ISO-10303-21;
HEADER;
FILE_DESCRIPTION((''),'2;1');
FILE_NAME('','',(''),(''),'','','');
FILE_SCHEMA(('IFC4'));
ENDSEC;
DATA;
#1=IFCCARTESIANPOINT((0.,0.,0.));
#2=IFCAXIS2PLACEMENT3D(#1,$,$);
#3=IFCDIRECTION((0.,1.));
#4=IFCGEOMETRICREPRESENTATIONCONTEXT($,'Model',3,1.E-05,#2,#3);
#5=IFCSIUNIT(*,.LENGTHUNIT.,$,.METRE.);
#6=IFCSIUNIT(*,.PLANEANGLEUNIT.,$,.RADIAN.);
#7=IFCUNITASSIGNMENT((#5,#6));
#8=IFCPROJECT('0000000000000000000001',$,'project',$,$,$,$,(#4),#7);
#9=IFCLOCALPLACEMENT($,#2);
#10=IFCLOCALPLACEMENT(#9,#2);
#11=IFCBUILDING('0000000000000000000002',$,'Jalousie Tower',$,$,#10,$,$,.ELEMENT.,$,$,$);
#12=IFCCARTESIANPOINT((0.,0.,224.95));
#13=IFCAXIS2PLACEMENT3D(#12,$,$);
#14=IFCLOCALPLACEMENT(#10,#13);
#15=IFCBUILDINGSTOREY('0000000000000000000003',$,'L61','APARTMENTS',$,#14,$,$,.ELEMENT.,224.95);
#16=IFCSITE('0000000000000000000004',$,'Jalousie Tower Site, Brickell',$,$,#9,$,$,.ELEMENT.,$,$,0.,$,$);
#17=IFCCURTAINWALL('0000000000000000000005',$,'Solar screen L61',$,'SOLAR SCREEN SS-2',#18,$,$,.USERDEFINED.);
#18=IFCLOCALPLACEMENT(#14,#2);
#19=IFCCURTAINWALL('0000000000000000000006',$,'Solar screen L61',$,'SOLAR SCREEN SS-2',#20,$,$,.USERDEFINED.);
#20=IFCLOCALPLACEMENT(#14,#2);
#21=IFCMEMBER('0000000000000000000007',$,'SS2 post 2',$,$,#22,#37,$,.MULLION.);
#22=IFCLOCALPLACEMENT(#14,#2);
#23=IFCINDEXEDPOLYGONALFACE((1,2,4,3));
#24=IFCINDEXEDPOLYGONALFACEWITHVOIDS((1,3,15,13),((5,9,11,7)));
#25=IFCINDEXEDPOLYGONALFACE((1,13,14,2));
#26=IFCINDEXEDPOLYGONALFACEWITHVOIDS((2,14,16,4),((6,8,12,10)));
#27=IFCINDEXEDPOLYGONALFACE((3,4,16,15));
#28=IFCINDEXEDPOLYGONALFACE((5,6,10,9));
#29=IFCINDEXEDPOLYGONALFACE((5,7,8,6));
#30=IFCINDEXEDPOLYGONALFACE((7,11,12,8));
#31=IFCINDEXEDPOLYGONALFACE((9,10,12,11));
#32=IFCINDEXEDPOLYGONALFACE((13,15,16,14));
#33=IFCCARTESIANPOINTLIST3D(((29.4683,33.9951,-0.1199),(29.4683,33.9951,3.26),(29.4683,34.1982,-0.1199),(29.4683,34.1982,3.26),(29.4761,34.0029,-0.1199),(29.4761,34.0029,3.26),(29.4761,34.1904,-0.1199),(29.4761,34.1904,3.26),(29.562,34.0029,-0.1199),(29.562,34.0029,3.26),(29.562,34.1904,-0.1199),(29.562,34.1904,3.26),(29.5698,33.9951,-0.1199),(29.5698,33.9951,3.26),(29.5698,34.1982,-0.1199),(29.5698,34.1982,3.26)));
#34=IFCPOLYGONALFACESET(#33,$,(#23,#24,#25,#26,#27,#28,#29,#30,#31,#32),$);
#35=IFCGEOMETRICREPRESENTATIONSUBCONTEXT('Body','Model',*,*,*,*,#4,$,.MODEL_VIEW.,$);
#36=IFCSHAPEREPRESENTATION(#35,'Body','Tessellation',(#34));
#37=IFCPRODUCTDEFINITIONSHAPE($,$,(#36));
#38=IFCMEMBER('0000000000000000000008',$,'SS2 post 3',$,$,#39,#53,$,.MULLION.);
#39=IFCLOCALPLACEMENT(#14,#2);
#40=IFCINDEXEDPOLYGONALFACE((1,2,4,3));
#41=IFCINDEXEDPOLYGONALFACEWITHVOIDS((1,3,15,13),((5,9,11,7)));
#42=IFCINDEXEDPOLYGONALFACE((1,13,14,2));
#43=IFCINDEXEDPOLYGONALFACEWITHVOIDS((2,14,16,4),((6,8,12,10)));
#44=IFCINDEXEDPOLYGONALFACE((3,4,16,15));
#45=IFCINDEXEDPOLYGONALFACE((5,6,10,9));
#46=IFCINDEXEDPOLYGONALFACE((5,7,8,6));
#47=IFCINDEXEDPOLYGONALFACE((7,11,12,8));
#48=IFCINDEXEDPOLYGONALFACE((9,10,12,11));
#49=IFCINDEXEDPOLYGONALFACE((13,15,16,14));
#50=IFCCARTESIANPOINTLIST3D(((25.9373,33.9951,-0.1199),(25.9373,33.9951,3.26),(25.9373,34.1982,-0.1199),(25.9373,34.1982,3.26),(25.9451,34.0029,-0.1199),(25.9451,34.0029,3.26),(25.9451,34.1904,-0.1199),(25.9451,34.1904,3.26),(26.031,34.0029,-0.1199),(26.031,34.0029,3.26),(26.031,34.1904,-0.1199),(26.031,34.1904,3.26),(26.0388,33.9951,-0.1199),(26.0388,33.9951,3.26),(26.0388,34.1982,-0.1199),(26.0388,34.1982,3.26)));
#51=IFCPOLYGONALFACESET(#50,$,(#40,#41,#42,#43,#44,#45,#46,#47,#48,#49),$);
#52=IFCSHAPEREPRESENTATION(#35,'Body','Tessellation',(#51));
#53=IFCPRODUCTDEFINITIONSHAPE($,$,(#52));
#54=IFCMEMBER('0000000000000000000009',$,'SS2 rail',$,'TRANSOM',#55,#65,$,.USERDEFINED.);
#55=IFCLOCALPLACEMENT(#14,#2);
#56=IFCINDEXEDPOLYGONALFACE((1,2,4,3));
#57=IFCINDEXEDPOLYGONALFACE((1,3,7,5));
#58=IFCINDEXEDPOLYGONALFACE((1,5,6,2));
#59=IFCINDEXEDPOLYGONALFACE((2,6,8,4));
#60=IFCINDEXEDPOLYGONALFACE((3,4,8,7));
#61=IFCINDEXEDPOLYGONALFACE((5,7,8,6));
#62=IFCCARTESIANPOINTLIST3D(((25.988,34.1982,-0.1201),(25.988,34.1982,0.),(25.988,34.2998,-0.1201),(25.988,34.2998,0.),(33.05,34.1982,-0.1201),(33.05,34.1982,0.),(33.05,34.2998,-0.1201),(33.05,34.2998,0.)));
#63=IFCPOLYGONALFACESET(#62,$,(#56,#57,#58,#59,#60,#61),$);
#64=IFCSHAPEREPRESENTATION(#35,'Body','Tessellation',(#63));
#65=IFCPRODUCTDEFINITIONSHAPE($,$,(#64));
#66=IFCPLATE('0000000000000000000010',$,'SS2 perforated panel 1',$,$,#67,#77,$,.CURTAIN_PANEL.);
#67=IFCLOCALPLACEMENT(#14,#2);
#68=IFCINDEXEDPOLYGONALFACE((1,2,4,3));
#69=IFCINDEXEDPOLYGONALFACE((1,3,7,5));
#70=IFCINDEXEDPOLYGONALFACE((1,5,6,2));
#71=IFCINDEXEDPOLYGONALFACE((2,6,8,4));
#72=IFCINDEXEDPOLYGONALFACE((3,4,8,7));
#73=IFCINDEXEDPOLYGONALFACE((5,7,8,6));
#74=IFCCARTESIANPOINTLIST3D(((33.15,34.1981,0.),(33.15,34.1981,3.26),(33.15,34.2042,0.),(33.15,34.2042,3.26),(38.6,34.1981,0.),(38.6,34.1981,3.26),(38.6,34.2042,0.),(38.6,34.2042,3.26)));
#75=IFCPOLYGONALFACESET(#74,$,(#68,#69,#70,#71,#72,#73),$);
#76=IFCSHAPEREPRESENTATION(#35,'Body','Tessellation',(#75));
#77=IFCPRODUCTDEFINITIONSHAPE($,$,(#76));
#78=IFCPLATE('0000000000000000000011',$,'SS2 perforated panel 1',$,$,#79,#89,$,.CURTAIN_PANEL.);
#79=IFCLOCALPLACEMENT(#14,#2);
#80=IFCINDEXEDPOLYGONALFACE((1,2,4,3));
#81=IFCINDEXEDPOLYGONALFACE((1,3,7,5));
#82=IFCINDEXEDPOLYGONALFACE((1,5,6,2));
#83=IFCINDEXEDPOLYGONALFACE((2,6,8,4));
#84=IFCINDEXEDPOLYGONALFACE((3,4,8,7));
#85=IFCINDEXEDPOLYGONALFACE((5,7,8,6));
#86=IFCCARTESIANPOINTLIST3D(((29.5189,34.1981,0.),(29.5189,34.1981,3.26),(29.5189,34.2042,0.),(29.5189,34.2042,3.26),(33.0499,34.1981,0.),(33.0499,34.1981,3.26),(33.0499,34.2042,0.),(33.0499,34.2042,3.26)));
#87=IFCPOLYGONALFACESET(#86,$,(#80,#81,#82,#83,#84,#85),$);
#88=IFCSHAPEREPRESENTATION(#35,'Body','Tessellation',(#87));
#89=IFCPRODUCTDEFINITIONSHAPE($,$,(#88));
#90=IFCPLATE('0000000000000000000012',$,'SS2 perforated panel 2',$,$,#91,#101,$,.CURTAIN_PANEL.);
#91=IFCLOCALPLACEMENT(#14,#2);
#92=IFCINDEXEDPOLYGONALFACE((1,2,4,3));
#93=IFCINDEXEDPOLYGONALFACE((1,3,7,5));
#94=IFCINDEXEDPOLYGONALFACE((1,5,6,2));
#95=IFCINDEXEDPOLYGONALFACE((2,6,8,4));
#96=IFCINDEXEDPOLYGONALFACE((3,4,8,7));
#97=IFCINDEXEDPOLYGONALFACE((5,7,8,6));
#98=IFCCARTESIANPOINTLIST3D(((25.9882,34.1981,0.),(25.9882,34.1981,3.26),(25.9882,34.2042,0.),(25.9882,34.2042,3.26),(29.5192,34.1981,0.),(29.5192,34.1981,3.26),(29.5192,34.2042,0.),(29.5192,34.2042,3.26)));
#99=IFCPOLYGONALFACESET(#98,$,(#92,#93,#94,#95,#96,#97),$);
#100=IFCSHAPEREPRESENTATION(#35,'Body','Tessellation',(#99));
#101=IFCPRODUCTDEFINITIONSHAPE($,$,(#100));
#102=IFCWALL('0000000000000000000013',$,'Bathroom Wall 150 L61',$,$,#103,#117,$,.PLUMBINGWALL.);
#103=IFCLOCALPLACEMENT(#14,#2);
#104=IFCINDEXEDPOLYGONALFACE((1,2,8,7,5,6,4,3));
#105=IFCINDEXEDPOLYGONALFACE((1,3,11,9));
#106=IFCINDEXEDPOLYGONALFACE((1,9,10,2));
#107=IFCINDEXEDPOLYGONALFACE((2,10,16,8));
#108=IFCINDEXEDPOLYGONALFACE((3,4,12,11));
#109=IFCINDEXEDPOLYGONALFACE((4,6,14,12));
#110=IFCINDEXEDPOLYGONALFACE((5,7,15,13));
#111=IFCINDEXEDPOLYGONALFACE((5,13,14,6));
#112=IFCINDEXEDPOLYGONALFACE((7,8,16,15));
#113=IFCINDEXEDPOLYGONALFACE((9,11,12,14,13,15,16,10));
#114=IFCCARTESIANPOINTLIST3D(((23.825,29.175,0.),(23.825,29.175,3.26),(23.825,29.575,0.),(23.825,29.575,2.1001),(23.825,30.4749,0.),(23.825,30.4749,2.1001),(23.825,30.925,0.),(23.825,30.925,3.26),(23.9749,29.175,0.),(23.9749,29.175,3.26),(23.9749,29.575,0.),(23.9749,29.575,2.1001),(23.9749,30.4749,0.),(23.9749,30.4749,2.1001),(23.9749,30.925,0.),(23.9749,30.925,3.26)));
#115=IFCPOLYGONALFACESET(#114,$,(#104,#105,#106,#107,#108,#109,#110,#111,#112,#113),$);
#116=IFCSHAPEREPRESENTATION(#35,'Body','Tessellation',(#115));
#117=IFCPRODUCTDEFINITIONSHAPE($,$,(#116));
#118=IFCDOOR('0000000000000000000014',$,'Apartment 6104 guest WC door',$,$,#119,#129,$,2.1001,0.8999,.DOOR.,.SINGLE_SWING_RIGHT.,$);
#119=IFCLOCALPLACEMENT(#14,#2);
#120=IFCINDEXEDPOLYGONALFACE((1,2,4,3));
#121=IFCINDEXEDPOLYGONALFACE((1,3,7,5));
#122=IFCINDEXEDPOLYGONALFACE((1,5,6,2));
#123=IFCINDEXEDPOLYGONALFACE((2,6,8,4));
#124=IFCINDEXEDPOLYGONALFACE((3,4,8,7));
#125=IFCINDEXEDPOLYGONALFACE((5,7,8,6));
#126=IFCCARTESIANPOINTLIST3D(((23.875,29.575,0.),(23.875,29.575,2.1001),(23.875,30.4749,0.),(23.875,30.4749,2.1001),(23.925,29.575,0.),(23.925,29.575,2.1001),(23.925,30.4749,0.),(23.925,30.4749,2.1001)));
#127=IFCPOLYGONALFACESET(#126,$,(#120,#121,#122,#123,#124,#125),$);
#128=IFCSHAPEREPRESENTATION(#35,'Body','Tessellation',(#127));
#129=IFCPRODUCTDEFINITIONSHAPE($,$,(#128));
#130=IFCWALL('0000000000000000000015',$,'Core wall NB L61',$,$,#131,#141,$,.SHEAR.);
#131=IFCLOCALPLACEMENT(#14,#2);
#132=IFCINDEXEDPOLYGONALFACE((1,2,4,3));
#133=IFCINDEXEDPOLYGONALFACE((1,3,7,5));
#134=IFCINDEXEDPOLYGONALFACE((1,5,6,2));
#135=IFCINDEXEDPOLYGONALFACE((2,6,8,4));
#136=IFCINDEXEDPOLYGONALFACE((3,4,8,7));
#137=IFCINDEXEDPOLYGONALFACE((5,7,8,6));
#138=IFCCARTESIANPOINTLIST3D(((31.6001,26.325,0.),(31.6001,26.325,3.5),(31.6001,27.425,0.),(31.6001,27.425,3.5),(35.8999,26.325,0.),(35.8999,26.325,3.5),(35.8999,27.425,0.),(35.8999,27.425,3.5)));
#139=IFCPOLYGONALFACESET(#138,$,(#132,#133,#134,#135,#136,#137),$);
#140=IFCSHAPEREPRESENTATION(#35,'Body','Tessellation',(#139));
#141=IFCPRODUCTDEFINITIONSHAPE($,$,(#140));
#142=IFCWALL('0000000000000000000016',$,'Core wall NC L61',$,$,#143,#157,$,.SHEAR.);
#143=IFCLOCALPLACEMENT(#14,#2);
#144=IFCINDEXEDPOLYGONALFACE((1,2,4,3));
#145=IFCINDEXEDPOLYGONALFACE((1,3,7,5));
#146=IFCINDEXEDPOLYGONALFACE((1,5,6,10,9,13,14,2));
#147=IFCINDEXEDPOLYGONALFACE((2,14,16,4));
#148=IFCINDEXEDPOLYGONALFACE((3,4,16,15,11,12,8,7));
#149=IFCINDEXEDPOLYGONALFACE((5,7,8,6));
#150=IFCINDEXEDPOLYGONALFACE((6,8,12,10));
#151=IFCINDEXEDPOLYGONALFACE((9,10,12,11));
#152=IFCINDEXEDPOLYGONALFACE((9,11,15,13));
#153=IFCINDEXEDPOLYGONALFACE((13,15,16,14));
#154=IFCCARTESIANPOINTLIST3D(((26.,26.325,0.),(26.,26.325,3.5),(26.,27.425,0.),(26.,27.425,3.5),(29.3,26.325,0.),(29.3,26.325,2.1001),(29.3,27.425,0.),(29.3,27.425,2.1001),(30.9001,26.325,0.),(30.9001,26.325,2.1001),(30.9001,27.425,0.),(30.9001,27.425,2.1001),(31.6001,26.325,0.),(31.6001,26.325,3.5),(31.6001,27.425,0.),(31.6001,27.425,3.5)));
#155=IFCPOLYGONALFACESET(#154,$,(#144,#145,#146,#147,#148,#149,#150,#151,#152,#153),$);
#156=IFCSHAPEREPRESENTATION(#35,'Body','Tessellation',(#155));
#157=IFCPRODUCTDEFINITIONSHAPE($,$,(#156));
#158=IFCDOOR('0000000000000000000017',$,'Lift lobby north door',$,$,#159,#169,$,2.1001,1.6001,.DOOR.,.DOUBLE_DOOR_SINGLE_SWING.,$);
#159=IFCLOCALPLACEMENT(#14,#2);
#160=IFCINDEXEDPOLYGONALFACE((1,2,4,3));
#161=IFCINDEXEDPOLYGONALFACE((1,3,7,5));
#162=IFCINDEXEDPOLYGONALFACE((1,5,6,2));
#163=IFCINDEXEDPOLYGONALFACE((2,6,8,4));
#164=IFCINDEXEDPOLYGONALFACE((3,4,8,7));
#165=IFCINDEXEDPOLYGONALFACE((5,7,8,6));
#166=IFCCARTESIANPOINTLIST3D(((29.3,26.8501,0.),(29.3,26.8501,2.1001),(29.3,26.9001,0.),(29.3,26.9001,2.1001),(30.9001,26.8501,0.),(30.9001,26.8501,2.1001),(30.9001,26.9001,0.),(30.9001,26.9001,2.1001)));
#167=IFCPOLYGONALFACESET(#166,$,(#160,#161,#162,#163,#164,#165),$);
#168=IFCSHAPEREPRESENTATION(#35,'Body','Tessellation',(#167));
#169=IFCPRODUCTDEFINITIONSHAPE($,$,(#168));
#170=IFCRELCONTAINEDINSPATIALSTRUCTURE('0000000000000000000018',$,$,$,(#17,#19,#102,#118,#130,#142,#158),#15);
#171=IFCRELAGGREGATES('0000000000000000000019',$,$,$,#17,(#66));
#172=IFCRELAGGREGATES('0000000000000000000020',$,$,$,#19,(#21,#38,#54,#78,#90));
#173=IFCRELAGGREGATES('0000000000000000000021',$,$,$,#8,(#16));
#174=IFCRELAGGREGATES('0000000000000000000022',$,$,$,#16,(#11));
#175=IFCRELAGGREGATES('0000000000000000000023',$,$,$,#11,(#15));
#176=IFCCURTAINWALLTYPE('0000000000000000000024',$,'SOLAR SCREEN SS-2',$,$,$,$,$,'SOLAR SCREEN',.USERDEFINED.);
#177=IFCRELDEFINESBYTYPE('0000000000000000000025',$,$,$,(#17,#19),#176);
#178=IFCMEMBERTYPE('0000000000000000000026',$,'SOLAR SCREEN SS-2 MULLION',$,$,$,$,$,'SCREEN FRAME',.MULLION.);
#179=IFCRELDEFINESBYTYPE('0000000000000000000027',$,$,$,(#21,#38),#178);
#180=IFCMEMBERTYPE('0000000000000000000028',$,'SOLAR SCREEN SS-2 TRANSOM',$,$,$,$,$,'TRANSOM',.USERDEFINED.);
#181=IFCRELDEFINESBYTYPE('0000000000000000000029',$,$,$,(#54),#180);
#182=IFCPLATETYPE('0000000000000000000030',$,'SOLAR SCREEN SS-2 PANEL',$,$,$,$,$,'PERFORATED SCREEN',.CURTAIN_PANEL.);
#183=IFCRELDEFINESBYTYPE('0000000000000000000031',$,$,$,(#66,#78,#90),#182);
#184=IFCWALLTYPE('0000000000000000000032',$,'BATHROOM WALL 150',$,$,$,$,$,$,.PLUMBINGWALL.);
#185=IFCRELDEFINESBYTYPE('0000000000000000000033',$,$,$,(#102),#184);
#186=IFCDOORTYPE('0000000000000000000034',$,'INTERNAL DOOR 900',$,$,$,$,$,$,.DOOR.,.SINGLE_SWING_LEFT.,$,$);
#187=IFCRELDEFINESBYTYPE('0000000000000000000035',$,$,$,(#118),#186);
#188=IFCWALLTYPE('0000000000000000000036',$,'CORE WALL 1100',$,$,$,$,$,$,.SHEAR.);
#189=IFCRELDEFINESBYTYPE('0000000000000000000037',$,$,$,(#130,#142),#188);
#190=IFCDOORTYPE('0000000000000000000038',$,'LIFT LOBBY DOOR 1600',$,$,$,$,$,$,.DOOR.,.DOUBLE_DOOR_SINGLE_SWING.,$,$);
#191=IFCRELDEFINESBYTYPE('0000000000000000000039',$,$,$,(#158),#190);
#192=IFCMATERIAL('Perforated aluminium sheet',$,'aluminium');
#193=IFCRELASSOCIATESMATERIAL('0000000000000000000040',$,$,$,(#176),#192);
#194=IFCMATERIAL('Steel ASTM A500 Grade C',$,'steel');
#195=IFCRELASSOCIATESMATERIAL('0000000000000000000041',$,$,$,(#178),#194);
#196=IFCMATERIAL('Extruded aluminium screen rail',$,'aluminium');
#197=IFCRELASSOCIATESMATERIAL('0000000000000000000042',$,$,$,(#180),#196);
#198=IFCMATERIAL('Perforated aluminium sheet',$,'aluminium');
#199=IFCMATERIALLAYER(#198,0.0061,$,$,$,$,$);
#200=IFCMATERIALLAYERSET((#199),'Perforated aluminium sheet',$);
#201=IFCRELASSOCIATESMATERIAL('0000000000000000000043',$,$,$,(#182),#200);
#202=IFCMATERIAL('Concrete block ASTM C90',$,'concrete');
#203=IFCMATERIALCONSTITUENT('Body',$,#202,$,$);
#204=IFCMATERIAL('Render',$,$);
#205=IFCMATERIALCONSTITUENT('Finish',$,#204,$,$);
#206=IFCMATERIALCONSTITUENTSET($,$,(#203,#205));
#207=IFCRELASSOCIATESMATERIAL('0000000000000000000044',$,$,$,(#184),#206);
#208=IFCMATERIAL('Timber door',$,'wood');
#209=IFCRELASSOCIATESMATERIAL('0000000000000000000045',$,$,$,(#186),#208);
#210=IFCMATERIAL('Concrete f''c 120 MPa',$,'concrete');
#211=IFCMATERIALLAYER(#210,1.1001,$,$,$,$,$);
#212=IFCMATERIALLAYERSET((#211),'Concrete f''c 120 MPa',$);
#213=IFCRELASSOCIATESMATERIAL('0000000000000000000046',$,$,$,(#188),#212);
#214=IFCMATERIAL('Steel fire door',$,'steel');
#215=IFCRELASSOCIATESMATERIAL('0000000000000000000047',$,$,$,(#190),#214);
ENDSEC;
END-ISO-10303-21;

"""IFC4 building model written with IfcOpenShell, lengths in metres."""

from ifc_helpers import new_model, si_unit, direction, frame, frame_2d, origin, origin_2d, place, context, subcontext, project, spatial, rectangle, hollow_rectangle, extrude, material, layer, layer_set, constituent, constituent_set, material_profile, profile_set, type_object, element, fill, aggregate, save


model = new_model("IFC4")

# Units and contexts
model_context = context("Model", 3, precision=1e-05, world=origin(), true_north=direction((0.0, 1.0)))
body_context = subcontext(model_context, "Body", "Model", "MODEL_VIEW")
ifc_project = project(units=[si_unit("LENGTHUNIT", "METRE"), si_unit("PLANEANGLEUNIT", "RADIAN")], contexts=[model_context])

# Site, building, storey
site_placement = place(None, origin())
site = spatial("IfcSite", under=ifc_project, at=site_placement, Name="Jalousie Tower Site, Brickell", CompositionType="ELEMENT", RefElevation=0.0)
building_placement = place(site_placement, origin())
building = spatial("IfcBuilding", under=site, at=building_placement, Name="Jalousie Tower", CompositionType="ELEMENT")
storey_placement = place(building_placement, frame((0.0, 0.0, 224.95)))
storey = spatial("IfcBuildingStorey", under=building, at=storey_placement, Name="L61", Description="APARTMENTS", CompositionType="ELEMENT", Elevation=224.95)

# Curtain wall
ifc_material_1 = material(Name="Perforated aluminium sheet", Category="aluminium")
curtain_wall_type = type_object("IfcCurtainWallType", Name="SOLAR SCREEN SS-2", ElementType="SOLAR SCREEN", PredefinedType="USERDEFINED", material=ifc_material_1)
curtain_wall_1_placement = place(storey_placement, origin())
curtain_wall_1 = element("IfcCurtainWall", 1, at=curtain_wall_1_placement, inside=storey, type_object=curtain_wall_type, Name="Solar screen L61", ObjectType="SOLAR SCREEN SS-2", PredefinedType="USERDEFINED")
ifc_material_2 = material(Name="Steel ASTM A500 Grade C", Category="steel")
ifc_material_profile_1 = material_profile(ifc_material_2, hollow_rectangle(XDim=0.1016, YDim=0.2031, WallThickness=0.0078, at=origin_2d()), Name="HSS8X4X5/16")
ifc_profile_set_1 = profile_set([ifc_material_profile_1], Name="Steel ASTM A500 Grade C")
member_type_1 = type_object("IfcMemberType", Name="SOLAR SCREEN SS-2 MULLION", ElementType="SCREEN FRAME", PredefinedType="MULLION", material=ifc_profile_set_1)

# Curtain wall, members
curtain_wall_2_placement = place(storey_placement, origin())
curtain_wall_2 = element("IfcCurtainWall", 2, at=curtain_wall_2_placement, inside=storey, type_object=curtain_wall_type, Name="Solar screen L61", ObjectType="SOLAR SCREEN SS-2", PredefinedType="USERDEFINED")
member_1_placement = place(storey_placement, frame((29.519, 34.0967, -0.1199), z_axis=(0.0, 0.0, 1.0), x_axis=(-1.0, 0.0, 0.0)))
member_1 = element("IfcMember", 3, at=member_1_placement, type_object=member_type_1, Name="SS2 post 2", PredefinedType="MULLION", context=body_context, shape_type="SweptSolid", body=[
    extrude(hollow_rectangle(XDim=0.1016, YDim=0.2031, WallThickness=0.0078, at=origin_2d()), origin(), (0.0, 0.0, 1.0), 3.3799),
])
member_2_placement = place(storey_placement, frame((25.988, 34.0967, -0.1199), z_axis=(0.0, 0.0, 1.0), x_axis=(-1.0, 0.0, 0.0)))
member_2 = element("IfcMember", 4, at=member_2_placement, type_object=member_type_1, Name="SS2 post 3", PredefinedType="MULLION", context=body_context, shape_type="SweptSolid", body=[
    extrude(hollow_rectangle(XDim=0.1016, YDim=0.2031, WallThickness=0.0078, at=origin_2d()), origin(), (0.0, 0.0, 1.0), 3.3799),
])
ifc_material_3 = material(Name="Extruded aluminium screen rail", Category="aluminium")
ifc_material_profile_2 = material_profile(ifc_material_3, rectangle(XDim=0.1016, YDim=0.1201, at=origin_2d()), Name="RAIL 102x120")
ifc_profile_set_2 = profile_set([ifc_material_profile_2], Name="Extruded aluminium screen rail")
member_type_2 = type_object("IfcMemberType", Name="SOLAR SCREEN SS-2 TRANSOM", ElementType="TRANSOM", PredefinedType="USERDEFINED", material=ifc_profile_set_2)
member_3_placement = place(storey_placement, frame((33.05, 34.249, -0.0601), z_axis=(-1.0, 0.0, 0.0), x_axis=(0.0, -1.0, 0.0)))
member_3 = element("IfcMember", 5, at=member_3_placement, type_object=member_type_2, Name="SS2 rail", ObjectType="TRANSOM", PredefinedType="USERDEFINED", context=body_context, shape_type="SweptSolid", body=[
    extrude(rectangle(XDim=0.1016, YDim=0.1201, at=origin_2d()), origin(), (0.0, 0.0, 1.0), 7.062),
])

# Plates
ifc_material_4 = material(Name="Perforated aluminium sheet", Category="aluminium")
ifc_layer_1 = layer(ifc_material_4, 0.0061)
ifc_layer_set_1 = layer_set([ifc_layer_1], Name="Perforated aluminium sheet")
plate_type = type_object("IfcPlateType", Name="SOLAR SCREEN SS-2 PANEL", ElementType="PERFORATED SCREEN", PredefinedType="CURTAIN_PANEL", material=ifc_layer_set_1)
plate_1_placement = place(storey_placement, frame((35.875, 34.2012, 0.0), z_axis=(0.0, 0.0, 1.0), x_axis=(-1.0, 0.0, 0.0)))
plate_1 = element("IfcPlate", 6, at=plate_1_placement, type_object=plate_type, Name="SS2 perforated panel 1", PredefinedType="CURTAIN_PANEL", context=body_context, shape_type="SweptSolid", body=[
    extrude(rectangle(XDim=5.45, YDim=0.0061, at=origin_2d()), origin(), (0.0, 0.0, 1.0), 3.26),
])
aggregate(curtain_wall_1, [plate_1])
plate_2_placement = place(storey_placement, frame((31.2844, 34.2012, 0.0), z_axis=(0.0, 0.0, 1.0), x_axis=(-1.0, 0.0, 0.0)))
plate_2 = element("IfcPlate", 7, at=plate_2_placement, type_object=plate_type, Name="SS2 perforated panel 1", PredefinedType="CURTAIN_PANEL", context=body_context, shape_type="SweptSolid", body=[
    extrude(rectangle(XDim=3.531, YDim=0.0061, at=origin_2d()), origin(), (0.0, 0.0, 1.0), 3.26),
])
plate_3_placement = place(storey_placement, frame((27.7537, 34.2012, 0.0), z_axis=(0.0, 0.0, 1.0), x_axis=(-1.0, 0.0, 0.0)))
plate_3 = element("IfcPlate", 8, at=plate_3_placement, type_object=plate_type, Name="SS2 perforated panel 2", PredefinedType="CURTAIN_PANEL", context=body_context, shape_type="SweptSolid", body=[
    extrude(rectangle(XDim=3.531, YDim=0.0061, at=origin_2d()), origin(), (0.0, 0.0, 1.0), 3.26),
])
aggregate(curtain_wall_2, [member_1, member_2, member_3, plate_2, plate_3])

# Wall, opening, door
ifc_material_5 = material(Name="Concrete block ASTM C90", Category="concrete")
ifc_constituent_1 = constituent(ifc_material_5, Name="Body")
ifc_material_6 = material(Name="Render")
ifc_constituent_2 = constituent(ifc_material_6, Name="Finish")
ifc_constituent_set_1 = constituent_set(constituents=[ifc_constituent_1, ifc_constituent_2])
wall_type_1 = type_object("IfcWallType", Name="BATHROOM WALL 150", PredefinedType="PLUMBINGWALL", material=ifc_constituent_set_1)
wall_1_placement = place(storey_placement, frame((23.8999, 29.175, 0.0), z_axis=(0.0, 0.0, 1.0), x_axis=(0.0, 1.0, 0.0)))
wall_1 = element("IfcWall", 9, at=wall_1_placement, inside=storey, type_object=wall_type_1, Name="Bathroom Wall 150 L61", PredefinedType="PLUMBINGWALL", context=body_context, shape_type="SweptSolid", body=[
    extrude(rectangle(XDim=1.75, YDim=0.1499, at=frame_2d((0.875, 0.0))), origin(), (0.0, 0.0, 1.0), 3.26),
])
opening_1_placement = place(wall_1_placement, frame((0.3999, 0.0, 0.0)))
opening_1 = element("IfcOpeningElement", 10, at=opening_1_placement, cuts=wall_1, PredefinedType="OPENING", context=body_context, shape_type="SweptSolid", body=[
    extrude(rectangle(XDim=0.8999, YDim=2.1001, at=frame_2d((0.45, 1.05))), frame((0.0, 0.085, 0.0), z_axis=(0.0, -1.0, 0.0), x_axis=(1.0, 0.0, 0.0)), (0.0, 0.0, 1.0), 0.1699),
])
ifc_material_7 = material(Name="Timber door", Category="wood")
door_type_1 = type_object("IfcDoorType", Name="INTERNAL DOOR 900", OperationType="SINGLE_SWING_LEFT", PredefinedType="DOOR", material=ifc_material_7)
door_1_placement = place(opening_1_placement, origin())
door_1 = element("IfcDoor", 11, at=door_1_placement, inside=storey, type_object=door_type_1, Name="Apartment 6104 guest WC door", OperationType="SINGLE_SWING_RIGHT", OverallHeight=2.1001, OverallWidth=0.8999, PredefinedType="DOOR", context=body_context, shape_type="SweptSolid", body=[
    extrude(rectangle(XDim=0.8999, YDim=2.1001, at=frame_2d((0.45, 1.05))), frame((0.0, 0.0249, 0.0), z_axis=(0.0, -1.0, 0.0), x_axis=(1.0, 0.0, 0.0)), (0.0, 0.0, 1.0), 0.05),
])
fill(opening_1, door_1)

# Wall
ifc_material_8 = material(Name="Concrete f'c 120 MPa", Category="concrete")
ifc_layer_2 = layer(ifc_material_8, 1.1001)
ifc_layer_set_2 = layer_set([ifc_layer_2], Name="Concrete f'c 120 MPa")
wall_type_2 = type_object("IfcWallType", Name="CORE WALL 1100", PredefinedType="SHEAR", material=ifc_layer_set_2)
wall_2_placement = place(storey_placement, frame((35.8999, 26.875, 0.0), z_axis=(0.0, 0.0, 1.0), x_axis=(-1.0, 0.0, 0.0)))
element("IfcWall", 12, at=wall_2_placement, inside=storey, type_object=wall_type_2, Name="Core wall NB L61", PredefinedType="SHEAR", context=body_context, shape_type="SweptSolid", body=[
    extrude(rectangle(XDim=4.2998, YDim=1.1001, at=frame_2d((2.1499, 0.0))), origin(), (0.0, 0.0, 1.0), 3.5),
])

# Wall, opening, door
wall_3_placement = place(storey_placement, frame((31.6001, 26.875, 0.0), z_axis=(0.0, 0.0, 1.0), x_axis=(-1.0, 0.0, 0.0)))
wall_3 = element("IfcWall", 13, at=wall_3_placement, inside=storey, type_object=wall_type_2, Name="Core wall NC L61", PredefinedType="SHEAR", context=body_context, shape_type="SweptSolid", body=[
    extrude(rectangle(XDim=5.6001, YDim=1.1001, at=frame_2d((2.8, 0.0))), origin(), (0.0, 0.0, 1.0), 3.5),
])
opening_2_placement = place(wall_3_placement, frame((0.7, 0.0, 0.0)))
opening_2 = element("IfcOpeningElement", 14, at=opening_2_placement, cuts=wall_3, PredefinedType="OPENING", context=body_context, shape_type="SweptSolid", body=[
    extrude(rectangle(XDim=1.6001, YDim=2.1001, at=frame_2d((0.8, 1.05))), frame((0.0, 0.5601, 0.0), z_axis=(0.0, -1.0, 0.0), x_axis=(1.0, 0.0, 0.0)), (0.0, 0.0, 1.0), 1.1201),
])
ifc_material_9 = material(Name="Steel fire door", Category="steel")
door_type_2 = type_object("IfcDoorType", Name="LIFT LOBBY DOOR 1600", OperationType="DOUBLE_DOOR_SINGLE_SWING", PredefinedType="DOOR", material=ifc_material_9)
door_2_placement = place(opening_2_placement, origin())
door_2 = element("IfcDoor", 15, at=door_2_placement, inside=storey, type_object=door_type_2, Name="Lift lobby north door", OperationType="DOUBLE_DOOR_SINGLE_SWING", OverallHeight=2.1001, OverallWidth=1.6001, PredefinedType="DOOR", context=body_context, shape_type="SweptSolid", body=[
    extrude(rectangle(XDim=1.6001, YDim=2.1001, at=frame_2d((0.8, 1.05))), frame((0.0, 0.0249, 0.0), z_axis=(0.0, -1.0, 0.0), x_axis=(1.0, 0.0, 0.0)), (0.0, 0.0, 1.0), 0.05),
])
fill(opening_2, door_2)

save(model, "model.ifc")
